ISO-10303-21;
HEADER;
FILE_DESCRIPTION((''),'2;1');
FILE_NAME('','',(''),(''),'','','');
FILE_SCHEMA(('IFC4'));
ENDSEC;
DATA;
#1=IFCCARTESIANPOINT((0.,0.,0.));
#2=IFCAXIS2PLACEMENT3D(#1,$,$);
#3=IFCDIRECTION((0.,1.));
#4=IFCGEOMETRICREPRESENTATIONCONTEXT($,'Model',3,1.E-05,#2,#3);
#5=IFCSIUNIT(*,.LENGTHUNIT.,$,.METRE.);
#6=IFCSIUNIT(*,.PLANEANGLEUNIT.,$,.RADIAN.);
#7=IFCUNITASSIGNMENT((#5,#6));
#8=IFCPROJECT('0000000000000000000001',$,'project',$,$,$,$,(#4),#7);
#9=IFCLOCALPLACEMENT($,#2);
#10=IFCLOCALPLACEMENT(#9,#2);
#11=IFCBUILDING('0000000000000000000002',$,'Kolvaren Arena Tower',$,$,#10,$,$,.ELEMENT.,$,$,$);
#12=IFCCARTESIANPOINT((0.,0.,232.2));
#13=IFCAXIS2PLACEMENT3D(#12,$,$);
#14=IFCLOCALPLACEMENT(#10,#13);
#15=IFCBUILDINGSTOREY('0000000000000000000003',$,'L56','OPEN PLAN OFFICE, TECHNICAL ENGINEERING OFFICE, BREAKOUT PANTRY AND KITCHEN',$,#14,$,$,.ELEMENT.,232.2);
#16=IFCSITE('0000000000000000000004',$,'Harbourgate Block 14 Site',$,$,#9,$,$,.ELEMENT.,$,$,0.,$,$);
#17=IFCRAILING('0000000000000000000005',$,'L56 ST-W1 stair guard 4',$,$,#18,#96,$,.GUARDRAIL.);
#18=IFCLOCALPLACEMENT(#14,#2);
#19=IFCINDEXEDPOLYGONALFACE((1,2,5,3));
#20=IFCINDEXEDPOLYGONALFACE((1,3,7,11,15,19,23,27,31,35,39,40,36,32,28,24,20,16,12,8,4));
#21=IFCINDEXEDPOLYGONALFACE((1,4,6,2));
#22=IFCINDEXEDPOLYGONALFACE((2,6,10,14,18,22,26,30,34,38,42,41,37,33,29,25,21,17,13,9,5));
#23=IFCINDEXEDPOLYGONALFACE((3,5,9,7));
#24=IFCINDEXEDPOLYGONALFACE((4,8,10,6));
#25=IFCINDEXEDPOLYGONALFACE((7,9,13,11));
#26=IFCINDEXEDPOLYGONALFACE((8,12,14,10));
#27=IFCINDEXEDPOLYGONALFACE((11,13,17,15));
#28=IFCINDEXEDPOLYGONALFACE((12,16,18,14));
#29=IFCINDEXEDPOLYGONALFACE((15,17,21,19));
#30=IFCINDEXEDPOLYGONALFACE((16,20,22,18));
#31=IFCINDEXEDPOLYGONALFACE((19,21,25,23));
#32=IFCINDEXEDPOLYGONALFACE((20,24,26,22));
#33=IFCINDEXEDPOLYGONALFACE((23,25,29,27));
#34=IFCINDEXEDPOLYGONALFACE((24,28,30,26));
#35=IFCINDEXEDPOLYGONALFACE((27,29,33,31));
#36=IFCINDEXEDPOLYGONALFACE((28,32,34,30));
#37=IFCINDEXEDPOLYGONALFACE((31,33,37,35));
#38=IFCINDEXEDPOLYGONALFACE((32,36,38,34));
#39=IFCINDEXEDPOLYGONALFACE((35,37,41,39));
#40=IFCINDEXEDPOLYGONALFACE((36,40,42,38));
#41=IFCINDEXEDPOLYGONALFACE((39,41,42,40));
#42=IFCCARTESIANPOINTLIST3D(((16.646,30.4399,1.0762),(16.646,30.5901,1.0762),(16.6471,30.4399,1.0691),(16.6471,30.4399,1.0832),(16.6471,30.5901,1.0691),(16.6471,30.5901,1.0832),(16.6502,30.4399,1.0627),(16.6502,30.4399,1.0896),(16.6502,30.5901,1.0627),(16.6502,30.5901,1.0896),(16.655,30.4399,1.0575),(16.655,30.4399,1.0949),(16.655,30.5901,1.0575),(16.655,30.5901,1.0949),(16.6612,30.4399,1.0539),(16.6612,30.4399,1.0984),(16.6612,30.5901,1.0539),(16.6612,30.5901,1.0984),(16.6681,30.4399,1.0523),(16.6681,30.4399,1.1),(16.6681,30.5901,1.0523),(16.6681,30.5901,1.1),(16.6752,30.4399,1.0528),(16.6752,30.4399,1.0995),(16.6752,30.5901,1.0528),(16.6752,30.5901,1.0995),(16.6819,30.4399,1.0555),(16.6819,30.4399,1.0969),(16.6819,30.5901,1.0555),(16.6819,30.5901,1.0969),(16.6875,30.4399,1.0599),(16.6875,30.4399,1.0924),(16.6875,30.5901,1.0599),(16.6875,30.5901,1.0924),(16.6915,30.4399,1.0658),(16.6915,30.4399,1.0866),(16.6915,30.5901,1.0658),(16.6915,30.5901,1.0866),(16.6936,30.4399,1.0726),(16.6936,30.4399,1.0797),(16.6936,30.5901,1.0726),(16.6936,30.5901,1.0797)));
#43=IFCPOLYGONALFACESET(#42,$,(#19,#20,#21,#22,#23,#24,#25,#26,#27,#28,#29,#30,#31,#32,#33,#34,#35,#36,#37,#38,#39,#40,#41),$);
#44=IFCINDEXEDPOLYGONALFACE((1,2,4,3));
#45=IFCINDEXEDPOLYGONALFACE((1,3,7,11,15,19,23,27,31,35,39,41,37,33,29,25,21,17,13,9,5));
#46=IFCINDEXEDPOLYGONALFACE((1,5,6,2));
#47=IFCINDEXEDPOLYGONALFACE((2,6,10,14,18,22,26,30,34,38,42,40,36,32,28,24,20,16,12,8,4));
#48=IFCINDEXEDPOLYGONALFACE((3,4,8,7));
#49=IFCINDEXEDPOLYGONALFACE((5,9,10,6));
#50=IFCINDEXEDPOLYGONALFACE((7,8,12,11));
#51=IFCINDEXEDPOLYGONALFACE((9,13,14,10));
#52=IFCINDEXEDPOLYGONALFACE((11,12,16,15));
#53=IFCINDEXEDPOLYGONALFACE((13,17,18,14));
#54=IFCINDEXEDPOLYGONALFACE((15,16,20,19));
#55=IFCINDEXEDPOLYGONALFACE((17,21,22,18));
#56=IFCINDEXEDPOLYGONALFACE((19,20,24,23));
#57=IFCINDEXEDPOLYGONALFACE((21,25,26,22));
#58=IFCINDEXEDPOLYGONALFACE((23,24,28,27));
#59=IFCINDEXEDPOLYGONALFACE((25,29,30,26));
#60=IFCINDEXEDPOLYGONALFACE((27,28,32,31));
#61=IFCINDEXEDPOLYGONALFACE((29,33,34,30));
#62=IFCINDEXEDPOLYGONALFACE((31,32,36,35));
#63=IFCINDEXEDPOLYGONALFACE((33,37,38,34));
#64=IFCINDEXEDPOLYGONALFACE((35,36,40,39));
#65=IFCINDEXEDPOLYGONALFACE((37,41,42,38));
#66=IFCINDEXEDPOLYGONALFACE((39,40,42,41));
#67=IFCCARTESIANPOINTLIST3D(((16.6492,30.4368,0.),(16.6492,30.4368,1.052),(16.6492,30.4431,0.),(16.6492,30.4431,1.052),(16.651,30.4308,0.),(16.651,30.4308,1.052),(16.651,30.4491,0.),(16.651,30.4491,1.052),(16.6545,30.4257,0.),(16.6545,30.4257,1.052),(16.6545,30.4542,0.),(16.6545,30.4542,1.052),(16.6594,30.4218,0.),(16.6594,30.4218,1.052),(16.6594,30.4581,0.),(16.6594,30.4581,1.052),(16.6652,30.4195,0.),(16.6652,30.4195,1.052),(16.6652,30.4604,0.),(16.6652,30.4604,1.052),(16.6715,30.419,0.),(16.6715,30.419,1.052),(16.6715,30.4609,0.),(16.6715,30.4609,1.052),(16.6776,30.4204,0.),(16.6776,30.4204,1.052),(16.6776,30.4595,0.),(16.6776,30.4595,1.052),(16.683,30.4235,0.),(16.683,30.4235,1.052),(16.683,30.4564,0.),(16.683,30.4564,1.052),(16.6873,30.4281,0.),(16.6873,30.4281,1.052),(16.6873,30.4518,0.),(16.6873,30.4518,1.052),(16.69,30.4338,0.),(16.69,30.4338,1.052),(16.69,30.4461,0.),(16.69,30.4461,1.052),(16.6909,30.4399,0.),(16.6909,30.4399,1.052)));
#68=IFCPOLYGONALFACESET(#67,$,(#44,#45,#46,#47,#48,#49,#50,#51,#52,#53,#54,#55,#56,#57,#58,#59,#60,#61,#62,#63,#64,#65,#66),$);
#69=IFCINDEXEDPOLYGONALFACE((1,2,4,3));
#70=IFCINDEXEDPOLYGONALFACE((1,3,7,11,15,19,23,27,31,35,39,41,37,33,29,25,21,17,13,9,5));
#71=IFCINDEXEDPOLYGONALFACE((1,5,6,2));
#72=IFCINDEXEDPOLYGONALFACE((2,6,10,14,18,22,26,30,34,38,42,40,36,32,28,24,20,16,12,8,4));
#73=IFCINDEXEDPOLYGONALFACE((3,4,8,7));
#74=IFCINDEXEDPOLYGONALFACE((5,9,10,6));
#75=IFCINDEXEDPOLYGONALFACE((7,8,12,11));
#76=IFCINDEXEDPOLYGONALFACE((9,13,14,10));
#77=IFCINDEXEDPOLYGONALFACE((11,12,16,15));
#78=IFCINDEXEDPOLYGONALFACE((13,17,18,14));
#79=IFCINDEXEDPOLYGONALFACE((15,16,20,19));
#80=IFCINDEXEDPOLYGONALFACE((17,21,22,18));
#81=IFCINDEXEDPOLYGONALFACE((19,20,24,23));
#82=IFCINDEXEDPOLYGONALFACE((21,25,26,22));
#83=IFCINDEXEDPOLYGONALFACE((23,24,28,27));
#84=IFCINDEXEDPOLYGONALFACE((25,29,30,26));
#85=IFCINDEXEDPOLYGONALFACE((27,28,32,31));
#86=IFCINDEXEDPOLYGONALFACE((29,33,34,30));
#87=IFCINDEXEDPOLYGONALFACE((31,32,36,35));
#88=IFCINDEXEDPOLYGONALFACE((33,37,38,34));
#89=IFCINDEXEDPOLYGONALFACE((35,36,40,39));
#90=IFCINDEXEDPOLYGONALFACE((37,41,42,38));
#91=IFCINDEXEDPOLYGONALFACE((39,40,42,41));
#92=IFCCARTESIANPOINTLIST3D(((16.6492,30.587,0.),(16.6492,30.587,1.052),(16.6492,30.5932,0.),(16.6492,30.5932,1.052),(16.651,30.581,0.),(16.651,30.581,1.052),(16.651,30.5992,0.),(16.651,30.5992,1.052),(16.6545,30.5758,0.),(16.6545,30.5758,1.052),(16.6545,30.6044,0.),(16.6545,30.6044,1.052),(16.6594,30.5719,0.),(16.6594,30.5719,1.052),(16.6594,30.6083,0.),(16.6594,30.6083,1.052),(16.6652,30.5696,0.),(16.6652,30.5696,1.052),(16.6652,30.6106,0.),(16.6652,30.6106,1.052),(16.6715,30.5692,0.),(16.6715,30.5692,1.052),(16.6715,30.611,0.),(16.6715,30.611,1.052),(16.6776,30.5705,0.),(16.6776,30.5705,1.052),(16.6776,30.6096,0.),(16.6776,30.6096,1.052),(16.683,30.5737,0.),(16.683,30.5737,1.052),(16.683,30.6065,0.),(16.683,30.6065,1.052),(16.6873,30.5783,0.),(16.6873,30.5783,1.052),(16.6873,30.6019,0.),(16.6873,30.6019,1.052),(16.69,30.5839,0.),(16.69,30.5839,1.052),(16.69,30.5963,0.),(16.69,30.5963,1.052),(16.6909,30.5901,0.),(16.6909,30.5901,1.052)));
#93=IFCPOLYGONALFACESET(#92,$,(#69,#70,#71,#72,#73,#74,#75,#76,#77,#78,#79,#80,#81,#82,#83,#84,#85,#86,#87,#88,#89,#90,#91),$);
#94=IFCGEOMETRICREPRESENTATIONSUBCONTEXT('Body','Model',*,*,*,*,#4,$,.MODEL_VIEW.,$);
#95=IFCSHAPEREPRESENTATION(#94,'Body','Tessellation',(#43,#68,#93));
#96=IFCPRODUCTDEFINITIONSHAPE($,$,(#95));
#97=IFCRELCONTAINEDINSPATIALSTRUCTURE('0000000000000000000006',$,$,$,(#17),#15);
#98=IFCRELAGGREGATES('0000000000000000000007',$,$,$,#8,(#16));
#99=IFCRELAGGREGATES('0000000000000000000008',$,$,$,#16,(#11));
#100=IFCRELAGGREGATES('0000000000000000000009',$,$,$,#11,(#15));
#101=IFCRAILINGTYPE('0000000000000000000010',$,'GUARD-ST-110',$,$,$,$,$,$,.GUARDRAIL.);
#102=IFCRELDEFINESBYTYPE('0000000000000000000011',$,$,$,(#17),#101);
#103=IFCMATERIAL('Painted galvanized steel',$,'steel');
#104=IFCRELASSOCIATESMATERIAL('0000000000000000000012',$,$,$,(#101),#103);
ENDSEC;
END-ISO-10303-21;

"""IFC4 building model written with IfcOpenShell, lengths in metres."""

from ifc_helpers import new_model, si_unit, direction, frame, origin, origin_2d, place, context, subcontext, project, spatial, circle, extrude, material, type_object, element, save


model = new_model("IFC4")

# Units and contexts
model_context = context("Model", 3, precision=1e-05, world=origin(), true_north=direction((0.0, 1.0)))
body_context = subcontext(model_context, "Body", "Model", "MODEL_VIEW")
ifc_project = project(units=[si_unit("LENGTHUNIT", "METRE"), si_unit("PLANEANGLEUNIT", "RADIAN")], contexts=[model_context])

# Site, building, storey
site_placement = place(None, origin())
site = spatial("IfcSite", under=ifc_project, at=site_placement, Name="Harbourgate Block 14 Site", CompositionType="ELEMENT", RefElevation=0.0)
building_placement = place(site_placement, origin())
building = spatial("IfcBuilding", under=site, at=building_placement, Name="Kolvaren Arena Tower", CompositionType="ELEMENT")
storey_placement = place(building_placement, frame((0.0, 0.0, 232.2)))
storey = spatial("IfcBuildingStorey", under=building, at=storey_placement, Name="L56", Description="OPEN PLAN OFFICE, TECHNICAL ENGINEERING OFFICE, BREAKOUT PANTRY AND KITCHEN", CompositionType="ELEMENT", Elevation=232.2)

# Railing
ifc_material_1 = material(Name="Painted galvanized steel", Category="steel")
railing_type_1 = type_object("IfcRailingType", Name="GUARD-ST-110", PredefinedType="GUARDRAIL", material=ifc_material_1)
railing_1_placement = place(storey_placement, frame((16.6699, 30.4399, 0.0)))
element("IfcRailing", 1, at=railing_1_placement, inside=storey, type_object=railing_type_1, Name="L56 ST-W1 stair guard 4", PredefinedType="GUARDRAIL", context=body_context, shape_type="SweptSolid", body=[
    extrude(circle(Radius=0.0239, at=origin_2d()), frame((0.0, 0.0, 1.0762), z_axis=(0.0, 1.0, 0.0), x_axis=(-1.0, 0.0, 0.0)), (0.0, 0.0, 1.0), 0.1501),
    extrude(circle(Radius=0.021, at=origin_2d()), origin(), (0.0, 0.0, 1.0), 1.052),
    extrude(circle(Radius=0.021, at=origin_2d()), frame((0.0, 0.1501, 0.0)), (0.0, 0.0, 1.0), 1.052),
])

save(model, "model.ifc")
